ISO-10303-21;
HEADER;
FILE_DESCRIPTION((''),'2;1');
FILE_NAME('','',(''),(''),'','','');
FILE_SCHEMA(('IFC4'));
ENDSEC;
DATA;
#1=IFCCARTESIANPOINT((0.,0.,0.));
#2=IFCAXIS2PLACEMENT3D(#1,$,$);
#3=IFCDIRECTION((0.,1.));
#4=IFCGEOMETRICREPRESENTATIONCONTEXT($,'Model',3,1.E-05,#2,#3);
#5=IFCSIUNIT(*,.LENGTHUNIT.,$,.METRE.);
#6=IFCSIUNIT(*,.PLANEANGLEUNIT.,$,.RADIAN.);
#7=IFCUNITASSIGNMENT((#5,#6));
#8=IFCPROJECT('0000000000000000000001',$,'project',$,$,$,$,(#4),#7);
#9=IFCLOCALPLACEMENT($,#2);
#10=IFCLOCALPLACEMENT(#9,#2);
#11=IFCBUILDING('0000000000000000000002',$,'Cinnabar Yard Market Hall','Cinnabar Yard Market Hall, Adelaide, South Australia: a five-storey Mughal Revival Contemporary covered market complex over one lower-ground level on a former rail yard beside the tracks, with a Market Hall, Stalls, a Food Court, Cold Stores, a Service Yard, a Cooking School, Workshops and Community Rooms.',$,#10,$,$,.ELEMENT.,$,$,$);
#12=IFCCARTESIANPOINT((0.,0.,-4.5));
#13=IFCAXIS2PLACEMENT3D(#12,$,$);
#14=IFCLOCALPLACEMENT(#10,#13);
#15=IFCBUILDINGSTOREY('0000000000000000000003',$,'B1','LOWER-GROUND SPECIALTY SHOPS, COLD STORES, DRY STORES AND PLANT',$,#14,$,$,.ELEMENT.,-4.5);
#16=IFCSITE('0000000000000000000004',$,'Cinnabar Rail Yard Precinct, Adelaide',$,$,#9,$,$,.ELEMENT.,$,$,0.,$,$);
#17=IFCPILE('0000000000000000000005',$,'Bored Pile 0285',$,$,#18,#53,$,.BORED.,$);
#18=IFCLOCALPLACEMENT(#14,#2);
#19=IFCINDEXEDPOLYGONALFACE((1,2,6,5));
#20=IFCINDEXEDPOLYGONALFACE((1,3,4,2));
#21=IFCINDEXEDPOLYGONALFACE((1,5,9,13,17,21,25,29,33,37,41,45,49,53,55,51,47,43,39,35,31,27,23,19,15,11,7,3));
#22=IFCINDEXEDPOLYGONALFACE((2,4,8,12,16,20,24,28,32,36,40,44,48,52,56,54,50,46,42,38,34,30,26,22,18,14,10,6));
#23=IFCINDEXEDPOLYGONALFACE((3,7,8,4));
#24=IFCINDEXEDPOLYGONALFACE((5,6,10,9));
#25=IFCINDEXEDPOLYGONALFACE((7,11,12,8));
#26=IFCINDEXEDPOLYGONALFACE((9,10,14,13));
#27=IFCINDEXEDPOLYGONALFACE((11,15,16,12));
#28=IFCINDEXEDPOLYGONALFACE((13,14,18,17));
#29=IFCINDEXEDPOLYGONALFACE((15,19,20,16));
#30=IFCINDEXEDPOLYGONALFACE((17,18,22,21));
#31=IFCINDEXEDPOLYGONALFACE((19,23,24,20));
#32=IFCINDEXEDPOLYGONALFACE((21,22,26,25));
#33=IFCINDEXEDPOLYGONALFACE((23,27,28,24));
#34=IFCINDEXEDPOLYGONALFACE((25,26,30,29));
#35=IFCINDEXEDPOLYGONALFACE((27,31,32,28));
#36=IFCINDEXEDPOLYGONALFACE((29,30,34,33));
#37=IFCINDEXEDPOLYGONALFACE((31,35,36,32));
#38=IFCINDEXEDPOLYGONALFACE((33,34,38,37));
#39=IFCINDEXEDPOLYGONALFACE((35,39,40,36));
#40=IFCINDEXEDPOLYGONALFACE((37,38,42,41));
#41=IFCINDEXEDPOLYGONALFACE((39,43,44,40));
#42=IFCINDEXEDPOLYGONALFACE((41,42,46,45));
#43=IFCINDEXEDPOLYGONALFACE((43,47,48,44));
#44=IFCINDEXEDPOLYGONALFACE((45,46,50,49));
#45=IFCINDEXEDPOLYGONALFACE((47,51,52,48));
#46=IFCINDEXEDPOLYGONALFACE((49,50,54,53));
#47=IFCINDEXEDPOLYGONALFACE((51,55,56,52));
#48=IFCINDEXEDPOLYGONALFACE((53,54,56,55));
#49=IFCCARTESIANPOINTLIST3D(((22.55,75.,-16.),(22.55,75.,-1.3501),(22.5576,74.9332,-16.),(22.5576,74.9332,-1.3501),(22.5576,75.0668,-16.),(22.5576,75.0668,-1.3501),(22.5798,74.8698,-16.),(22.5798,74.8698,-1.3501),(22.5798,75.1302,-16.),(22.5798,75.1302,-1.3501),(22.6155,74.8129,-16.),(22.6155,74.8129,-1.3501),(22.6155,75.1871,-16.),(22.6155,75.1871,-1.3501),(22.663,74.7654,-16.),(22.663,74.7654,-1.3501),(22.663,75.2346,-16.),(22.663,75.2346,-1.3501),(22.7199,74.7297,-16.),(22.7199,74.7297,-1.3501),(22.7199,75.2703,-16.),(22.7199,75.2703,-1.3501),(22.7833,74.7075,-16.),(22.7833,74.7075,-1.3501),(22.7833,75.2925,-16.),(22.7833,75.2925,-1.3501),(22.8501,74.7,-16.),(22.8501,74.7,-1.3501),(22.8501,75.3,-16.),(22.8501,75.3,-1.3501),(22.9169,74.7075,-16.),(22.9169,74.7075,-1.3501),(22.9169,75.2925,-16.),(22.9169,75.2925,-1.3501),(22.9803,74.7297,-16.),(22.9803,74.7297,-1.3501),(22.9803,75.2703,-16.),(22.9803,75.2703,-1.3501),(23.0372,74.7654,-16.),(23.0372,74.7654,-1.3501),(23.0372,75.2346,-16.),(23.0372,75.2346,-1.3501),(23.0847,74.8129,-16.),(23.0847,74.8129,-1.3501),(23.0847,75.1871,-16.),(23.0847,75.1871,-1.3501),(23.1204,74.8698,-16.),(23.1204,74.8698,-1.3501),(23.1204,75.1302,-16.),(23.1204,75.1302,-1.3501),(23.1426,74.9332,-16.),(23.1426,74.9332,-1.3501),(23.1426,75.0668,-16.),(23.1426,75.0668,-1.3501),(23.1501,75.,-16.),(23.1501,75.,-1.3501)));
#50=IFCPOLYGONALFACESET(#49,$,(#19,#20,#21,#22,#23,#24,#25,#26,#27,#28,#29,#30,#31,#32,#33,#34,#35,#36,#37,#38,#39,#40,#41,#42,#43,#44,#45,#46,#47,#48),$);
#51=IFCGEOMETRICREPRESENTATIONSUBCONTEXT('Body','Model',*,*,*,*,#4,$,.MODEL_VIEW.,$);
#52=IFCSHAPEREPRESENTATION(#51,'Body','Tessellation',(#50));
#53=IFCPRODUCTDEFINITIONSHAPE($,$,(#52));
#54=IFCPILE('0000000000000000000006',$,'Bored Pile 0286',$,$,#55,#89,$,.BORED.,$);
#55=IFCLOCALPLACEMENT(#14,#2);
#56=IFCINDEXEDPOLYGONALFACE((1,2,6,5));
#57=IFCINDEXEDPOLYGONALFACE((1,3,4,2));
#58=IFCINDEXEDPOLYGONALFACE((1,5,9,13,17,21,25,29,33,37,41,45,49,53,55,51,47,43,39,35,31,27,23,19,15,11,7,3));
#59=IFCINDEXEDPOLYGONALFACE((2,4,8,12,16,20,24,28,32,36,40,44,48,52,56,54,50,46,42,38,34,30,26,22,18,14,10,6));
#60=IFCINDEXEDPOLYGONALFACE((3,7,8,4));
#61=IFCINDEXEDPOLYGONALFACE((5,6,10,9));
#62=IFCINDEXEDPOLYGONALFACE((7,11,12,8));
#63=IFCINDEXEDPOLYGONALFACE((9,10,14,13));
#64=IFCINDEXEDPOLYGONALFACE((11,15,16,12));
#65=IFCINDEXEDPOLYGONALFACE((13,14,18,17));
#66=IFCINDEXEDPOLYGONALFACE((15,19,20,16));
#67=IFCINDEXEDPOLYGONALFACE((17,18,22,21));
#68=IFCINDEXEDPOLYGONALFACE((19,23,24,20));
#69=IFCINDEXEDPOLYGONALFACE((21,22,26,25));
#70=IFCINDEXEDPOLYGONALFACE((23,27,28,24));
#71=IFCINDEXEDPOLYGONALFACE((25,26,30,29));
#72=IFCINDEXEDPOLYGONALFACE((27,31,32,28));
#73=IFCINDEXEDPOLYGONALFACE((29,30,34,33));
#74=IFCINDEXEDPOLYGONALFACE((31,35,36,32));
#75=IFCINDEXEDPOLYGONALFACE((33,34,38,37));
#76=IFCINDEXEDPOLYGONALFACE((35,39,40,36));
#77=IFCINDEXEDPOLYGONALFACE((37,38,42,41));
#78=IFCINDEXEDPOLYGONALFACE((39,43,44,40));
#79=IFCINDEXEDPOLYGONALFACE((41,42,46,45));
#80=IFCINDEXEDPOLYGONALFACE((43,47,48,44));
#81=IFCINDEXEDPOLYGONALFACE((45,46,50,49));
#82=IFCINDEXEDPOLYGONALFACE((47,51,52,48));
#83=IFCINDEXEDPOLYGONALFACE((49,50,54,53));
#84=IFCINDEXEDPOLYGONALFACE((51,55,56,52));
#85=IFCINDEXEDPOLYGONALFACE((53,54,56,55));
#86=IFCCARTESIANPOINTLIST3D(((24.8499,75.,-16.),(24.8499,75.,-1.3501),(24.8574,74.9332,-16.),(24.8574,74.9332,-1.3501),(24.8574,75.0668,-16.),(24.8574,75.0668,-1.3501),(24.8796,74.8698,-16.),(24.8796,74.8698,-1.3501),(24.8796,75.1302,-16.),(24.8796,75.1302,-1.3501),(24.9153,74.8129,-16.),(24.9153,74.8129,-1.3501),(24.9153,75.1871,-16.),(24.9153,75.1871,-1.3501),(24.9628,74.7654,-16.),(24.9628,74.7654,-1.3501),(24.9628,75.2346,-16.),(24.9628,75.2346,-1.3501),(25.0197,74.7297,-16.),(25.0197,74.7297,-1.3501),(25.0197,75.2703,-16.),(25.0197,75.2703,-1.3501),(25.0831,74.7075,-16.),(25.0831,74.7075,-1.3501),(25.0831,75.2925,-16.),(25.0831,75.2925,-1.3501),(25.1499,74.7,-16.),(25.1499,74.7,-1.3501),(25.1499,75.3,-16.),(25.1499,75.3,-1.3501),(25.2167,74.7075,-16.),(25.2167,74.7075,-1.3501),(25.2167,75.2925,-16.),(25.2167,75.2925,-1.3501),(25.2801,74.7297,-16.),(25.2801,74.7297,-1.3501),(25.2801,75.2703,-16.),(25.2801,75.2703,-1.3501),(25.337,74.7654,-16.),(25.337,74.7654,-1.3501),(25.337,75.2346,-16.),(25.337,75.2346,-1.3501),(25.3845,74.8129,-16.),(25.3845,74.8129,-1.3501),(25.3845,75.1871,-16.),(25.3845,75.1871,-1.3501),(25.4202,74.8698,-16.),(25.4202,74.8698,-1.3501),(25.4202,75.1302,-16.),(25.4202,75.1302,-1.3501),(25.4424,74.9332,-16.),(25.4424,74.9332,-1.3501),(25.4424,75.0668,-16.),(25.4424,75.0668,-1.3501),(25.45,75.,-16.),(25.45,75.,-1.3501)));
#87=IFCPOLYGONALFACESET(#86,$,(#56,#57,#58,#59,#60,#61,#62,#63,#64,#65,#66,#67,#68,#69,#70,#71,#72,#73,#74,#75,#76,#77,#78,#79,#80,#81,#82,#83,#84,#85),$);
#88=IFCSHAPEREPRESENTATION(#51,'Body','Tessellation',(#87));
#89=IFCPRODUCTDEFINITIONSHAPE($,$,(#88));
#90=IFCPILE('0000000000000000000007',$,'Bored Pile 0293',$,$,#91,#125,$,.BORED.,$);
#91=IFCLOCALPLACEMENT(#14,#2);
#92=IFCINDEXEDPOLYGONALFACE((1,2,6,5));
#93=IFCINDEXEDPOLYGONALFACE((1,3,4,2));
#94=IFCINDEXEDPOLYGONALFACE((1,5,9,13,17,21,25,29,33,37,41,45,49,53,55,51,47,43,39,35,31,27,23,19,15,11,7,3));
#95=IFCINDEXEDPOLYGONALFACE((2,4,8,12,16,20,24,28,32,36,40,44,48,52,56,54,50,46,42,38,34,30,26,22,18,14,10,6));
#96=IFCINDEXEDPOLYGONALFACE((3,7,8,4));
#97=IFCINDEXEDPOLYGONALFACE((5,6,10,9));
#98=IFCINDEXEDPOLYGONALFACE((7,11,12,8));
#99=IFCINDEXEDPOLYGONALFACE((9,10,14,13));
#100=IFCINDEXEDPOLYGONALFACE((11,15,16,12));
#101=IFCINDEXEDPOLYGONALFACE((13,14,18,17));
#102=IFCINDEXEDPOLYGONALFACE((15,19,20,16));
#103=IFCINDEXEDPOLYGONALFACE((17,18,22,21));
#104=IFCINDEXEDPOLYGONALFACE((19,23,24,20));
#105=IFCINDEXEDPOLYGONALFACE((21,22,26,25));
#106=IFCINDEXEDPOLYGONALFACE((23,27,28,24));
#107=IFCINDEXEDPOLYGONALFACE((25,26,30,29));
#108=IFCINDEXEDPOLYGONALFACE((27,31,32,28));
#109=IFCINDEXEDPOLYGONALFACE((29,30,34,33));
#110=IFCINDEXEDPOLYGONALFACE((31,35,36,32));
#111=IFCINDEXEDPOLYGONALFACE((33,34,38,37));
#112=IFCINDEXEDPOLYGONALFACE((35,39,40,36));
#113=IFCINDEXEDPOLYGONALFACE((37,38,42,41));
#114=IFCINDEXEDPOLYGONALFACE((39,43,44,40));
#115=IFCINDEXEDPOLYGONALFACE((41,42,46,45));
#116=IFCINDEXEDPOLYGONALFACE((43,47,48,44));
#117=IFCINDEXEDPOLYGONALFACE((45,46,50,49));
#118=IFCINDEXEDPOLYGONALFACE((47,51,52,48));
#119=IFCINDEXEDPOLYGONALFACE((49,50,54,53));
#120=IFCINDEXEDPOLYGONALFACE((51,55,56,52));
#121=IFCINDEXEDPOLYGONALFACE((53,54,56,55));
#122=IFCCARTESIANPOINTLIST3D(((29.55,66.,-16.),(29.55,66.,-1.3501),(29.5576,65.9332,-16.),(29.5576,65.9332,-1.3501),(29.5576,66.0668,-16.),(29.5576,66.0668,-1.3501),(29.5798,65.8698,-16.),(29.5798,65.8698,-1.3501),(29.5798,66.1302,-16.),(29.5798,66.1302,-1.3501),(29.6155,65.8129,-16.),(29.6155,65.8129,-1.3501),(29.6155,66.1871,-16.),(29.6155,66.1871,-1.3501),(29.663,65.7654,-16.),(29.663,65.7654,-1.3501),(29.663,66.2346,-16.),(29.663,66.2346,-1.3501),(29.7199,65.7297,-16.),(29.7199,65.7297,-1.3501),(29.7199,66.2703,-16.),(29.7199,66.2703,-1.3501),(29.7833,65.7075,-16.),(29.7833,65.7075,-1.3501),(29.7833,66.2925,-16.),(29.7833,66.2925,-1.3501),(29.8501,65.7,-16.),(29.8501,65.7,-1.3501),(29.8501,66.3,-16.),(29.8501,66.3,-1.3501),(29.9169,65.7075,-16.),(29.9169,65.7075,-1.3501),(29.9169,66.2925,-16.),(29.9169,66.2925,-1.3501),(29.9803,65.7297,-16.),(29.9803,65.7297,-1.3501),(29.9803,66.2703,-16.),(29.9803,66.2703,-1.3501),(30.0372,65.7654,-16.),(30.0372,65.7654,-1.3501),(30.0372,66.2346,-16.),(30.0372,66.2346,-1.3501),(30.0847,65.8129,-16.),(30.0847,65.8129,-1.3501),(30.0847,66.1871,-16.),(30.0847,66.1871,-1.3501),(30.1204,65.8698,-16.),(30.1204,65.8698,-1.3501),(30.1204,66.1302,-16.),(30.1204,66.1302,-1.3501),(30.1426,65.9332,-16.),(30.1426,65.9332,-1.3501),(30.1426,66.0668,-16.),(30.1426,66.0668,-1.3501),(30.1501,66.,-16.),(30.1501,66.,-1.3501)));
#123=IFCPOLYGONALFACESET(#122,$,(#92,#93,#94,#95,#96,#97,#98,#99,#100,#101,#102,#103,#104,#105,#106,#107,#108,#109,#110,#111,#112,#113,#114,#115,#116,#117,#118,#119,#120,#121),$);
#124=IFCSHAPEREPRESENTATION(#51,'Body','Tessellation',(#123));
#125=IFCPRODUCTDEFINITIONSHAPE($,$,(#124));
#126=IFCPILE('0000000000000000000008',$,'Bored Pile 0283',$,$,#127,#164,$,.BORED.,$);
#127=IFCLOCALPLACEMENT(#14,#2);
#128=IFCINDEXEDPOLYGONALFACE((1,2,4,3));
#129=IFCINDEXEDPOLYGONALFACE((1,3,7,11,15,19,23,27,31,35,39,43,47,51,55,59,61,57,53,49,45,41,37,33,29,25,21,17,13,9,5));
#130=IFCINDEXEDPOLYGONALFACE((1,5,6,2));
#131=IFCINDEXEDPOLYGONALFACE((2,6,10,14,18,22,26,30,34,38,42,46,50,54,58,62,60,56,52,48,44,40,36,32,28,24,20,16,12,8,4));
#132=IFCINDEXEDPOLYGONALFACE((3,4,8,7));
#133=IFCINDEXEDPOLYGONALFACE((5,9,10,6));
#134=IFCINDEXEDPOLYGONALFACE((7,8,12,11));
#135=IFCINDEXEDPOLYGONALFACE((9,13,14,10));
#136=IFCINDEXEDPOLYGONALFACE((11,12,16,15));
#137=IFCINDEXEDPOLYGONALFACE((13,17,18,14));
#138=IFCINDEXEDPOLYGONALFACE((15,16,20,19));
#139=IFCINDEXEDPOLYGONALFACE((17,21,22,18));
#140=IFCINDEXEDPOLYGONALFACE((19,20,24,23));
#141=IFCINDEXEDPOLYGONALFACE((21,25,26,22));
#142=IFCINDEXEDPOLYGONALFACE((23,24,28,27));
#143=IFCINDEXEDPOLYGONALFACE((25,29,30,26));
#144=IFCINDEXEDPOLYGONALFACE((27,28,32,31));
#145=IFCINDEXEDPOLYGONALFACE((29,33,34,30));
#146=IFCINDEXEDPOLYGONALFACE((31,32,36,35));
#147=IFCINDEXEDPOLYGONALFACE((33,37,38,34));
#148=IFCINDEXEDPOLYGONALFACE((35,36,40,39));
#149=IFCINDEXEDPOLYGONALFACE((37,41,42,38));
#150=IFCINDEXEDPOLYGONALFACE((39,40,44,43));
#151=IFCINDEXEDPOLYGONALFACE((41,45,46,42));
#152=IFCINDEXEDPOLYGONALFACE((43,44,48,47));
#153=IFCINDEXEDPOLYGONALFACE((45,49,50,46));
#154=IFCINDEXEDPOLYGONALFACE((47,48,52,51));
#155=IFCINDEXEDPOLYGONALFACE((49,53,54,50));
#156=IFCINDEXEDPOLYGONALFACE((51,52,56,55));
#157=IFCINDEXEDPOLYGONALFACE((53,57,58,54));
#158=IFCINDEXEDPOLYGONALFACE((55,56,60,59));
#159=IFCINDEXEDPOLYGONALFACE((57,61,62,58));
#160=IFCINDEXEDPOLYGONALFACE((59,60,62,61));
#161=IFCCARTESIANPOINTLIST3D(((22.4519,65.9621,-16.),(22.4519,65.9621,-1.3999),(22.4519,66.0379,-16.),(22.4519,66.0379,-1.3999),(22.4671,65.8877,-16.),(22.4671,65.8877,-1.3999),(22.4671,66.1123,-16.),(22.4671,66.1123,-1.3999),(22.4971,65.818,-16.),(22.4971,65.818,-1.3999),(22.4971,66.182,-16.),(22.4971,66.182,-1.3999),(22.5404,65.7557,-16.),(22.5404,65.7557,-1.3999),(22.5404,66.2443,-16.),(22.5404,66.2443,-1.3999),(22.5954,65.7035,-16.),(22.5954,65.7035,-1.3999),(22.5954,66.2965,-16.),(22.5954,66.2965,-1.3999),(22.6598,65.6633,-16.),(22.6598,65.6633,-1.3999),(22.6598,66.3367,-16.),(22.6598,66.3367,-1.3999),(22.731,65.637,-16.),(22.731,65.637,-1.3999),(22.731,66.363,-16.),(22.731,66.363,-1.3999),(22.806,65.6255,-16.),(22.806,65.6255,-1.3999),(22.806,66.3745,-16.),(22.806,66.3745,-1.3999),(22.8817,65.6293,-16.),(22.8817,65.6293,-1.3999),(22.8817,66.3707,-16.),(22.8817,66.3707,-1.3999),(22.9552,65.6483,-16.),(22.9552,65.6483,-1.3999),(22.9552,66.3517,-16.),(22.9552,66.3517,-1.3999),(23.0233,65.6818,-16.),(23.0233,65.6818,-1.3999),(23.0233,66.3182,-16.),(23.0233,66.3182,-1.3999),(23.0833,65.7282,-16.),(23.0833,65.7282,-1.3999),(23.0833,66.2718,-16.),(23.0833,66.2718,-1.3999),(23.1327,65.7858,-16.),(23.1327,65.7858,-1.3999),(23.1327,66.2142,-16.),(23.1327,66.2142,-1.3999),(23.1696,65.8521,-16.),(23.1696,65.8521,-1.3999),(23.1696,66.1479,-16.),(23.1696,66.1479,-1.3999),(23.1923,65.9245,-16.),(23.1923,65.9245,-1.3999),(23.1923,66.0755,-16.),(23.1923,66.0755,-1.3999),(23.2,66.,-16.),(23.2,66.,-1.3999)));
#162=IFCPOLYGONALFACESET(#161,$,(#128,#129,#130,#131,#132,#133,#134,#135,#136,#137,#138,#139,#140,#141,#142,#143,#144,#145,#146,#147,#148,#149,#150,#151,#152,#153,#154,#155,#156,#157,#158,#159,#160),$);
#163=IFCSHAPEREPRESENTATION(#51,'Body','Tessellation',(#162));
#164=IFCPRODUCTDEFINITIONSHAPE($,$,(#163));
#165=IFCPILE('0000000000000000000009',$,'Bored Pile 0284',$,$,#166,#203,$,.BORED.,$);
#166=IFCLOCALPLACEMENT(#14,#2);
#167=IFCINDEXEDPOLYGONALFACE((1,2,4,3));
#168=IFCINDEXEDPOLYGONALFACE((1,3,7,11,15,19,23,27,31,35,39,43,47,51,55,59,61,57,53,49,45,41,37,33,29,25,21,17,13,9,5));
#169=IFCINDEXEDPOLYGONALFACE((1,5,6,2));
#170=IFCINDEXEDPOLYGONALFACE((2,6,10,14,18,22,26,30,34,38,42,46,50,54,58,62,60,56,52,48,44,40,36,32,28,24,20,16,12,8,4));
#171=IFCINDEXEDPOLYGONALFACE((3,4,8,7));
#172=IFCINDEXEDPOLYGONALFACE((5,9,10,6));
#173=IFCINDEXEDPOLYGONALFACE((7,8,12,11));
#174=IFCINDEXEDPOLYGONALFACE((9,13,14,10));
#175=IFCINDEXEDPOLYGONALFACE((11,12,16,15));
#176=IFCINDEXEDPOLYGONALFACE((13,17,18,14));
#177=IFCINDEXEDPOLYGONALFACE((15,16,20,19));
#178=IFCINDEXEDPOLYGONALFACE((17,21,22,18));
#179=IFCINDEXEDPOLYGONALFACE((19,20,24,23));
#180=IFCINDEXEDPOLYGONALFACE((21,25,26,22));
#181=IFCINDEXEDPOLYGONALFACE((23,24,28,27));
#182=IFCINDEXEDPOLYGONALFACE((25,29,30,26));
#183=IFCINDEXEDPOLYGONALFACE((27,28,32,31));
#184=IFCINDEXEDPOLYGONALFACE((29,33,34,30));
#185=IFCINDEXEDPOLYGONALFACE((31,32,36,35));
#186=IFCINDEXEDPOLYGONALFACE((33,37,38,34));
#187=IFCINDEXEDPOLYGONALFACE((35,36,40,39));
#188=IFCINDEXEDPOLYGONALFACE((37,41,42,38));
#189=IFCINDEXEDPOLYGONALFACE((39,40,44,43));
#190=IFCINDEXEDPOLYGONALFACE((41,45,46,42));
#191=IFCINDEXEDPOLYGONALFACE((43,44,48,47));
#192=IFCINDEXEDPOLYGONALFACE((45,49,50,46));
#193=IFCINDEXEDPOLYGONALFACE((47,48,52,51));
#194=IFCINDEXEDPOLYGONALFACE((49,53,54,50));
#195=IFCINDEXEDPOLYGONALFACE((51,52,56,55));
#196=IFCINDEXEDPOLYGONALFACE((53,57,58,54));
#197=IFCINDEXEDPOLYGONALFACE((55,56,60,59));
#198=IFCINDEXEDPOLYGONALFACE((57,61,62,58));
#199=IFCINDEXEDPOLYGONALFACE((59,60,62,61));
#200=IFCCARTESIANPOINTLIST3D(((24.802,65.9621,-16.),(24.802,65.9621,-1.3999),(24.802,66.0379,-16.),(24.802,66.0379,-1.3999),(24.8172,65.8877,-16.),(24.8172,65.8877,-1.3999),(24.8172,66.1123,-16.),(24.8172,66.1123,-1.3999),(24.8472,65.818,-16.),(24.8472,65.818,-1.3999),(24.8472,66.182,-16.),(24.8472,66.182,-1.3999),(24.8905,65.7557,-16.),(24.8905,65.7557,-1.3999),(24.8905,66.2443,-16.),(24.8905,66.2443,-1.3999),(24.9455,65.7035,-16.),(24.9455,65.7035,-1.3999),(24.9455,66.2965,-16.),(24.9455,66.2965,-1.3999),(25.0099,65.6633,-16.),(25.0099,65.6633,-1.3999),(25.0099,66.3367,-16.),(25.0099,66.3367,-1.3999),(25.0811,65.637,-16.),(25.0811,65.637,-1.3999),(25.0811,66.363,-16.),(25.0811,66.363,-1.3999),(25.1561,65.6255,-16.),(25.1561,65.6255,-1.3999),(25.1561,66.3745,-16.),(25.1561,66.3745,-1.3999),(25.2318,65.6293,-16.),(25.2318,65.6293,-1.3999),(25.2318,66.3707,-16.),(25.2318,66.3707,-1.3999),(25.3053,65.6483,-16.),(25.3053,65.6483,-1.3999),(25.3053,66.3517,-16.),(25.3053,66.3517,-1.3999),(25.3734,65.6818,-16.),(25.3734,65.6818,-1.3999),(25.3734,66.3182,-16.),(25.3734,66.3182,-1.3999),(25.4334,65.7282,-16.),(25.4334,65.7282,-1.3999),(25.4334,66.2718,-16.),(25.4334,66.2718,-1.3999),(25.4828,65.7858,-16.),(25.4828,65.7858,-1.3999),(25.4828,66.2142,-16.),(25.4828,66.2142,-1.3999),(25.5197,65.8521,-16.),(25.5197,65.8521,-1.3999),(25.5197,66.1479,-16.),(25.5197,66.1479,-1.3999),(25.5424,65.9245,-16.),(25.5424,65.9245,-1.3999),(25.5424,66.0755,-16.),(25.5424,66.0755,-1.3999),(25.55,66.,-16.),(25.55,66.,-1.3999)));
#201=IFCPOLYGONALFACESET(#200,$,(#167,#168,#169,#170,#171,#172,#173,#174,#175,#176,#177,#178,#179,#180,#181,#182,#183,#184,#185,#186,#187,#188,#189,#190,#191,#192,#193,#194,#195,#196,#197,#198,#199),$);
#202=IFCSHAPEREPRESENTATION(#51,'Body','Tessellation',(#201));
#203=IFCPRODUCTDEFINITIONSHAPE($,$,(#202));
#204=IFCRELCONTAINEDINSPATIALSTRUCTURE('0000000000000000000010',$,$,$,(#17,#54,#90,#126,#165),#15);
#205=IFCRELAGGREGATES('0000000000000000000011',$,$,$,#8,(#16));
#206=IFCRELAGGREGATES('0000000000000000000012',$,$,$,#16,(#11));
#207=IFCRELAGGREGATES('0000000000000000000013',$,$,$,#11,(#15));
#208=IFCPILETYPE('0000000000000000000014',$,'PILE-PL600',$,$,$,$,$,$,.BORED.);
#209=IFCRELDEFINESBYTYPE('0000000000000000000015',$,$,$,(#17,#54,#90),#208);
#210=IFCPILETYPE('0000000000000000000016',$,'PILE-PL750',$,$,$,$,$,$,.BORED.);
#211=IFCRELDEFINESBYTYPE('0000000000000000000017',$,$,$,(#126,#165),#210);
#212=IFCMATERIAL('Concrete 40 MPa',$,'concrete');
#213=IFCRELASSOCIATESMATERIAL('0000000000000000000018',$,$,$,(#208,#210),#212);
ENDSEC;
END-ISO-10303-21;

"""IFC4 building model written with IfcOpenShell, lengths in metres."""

from ifc_helpers import new_model, si_unit, direction, frame, origin, origin_2d_with_axis, place, context, subcontext, project, spatial, circle, extrude, material, material_profile, profile_set, type_object, element, save


model = new_model("IFC4")

# Units and contexts
model_context = context("Model", 3, precision=1e-05, world=origin(), true_north=direction((0.0, 1.0)))
body_context = subcontext(model_context, "Body", "Model", "MODEL_VIEW")
ifc_project = project(units=[si_unit("LENGTHUNIT", "METRE"), si_unit("PLANEANGLEUNIT", "RADIAN")], contexts=[model_context])

# Site, building, storey
site_placement = place(None, origin())
site = spatial("IfcSite", under=ifc_project, at=site_placement, Name="Cinnabar Rail Yard Precinct, Adelaide", CompositionType="ELEMENT", RefElevation=0.0)
building_placement = place(site_placement, origin())
building = spatial("IfcBuilding", under=site, at=building_placement, Name="Cinnabar Yard Market Hall", Description="Cinnabar Yard Market Hall, Adelaide, South Australia: a five-storey Mughal Revival Contemporary covered market complex over one lower-ground level on a former rail yard beside the tracks, with a Market Hall, Stalls, a Food Court, Cold Stores, a Service Yard, a Cooking School, Workshops and Community Rooms.", CompositionType="ELEMENT")
storey_placement = place(building_placement, frame((0.0, 0.0, -4.5)))
storey = spatial("IfcBuildingStorey", under=building, at=storey_placement, Name="B1", Description="LOWER-GROUND SPECIALTY SHOPS, COLD STORES, DRY STORES AND PLANT", CompositionType="ELEMENT", Elevation=-4.5)

# Shared definitions
ifc_material_1 = material(Name="Concrete 40 MPa", Category="concrete")

# Piles
ifc_material_profile_1 = material_profile(ifc_material_1, circle(Radius=0.3, at=origin_2d_with_axis()), Name="PILE-D600")
ifc_profile_set_1 = profile_set([ifc_material_profile_1], Name="Concrete 40 MPa")
pile_type_1 = type_object("IfcPileType", Name="PILE-PL600", PredefinedType="BORED", material=ifc_profile_set_1)
for number, where, z_axis, x_axis, name in (
    (1, (22.8501, 75.0, -1.3501), (0.0, 0.0, -1.0), (1.0, 0.0, 0.0), "Bored Pile 0285"),
    (2, (25.1499, 75.0, -1.3501), (0.0, 0.0, -1.0), (1.0, 0.0, 0.0), "Bored Pile 0286"),
    (3, (29.8501, 66.0, -1.3501), (0.0, 0.0, -1.0), (1.0, 0.0, 0.0), "Bored Pile 0293"),
):
    element("IfcPile", number, at=place(storey_placement, frame(where, z_axis=z_axis, x_axis=x_axis)), inside=storey, type_object=pile_type_1, Name=name, PredefinedType="BORED", context=body_context, shape_type="SweptSolid", body=[
        extrude(circle(Radius=0.3, at=origin_2d_with_axis()), origin(), (0.0, 0.0, 1.0), 14.6499),
    ])
ifc_material_profile_2 = material_profile(ifc_material_1, circle(Radius=0.375, at=origin_2d_with_axis()), Name="PILE-D750")
ifc_profile_set_2 = profile_set([ifc_material_profile_2], Name="Concrete 40 MPa")
pile_type_2 = type_object("IfcPileType", Name="PILE-PL750", PredefinedType="BORED", material=ifc_profile_set_2)
for number, where, z_axis, x_axis, name in (
    (4, (22.825, 66.0, -1.3999), (0.0, 0.0, -1.0), (1.0, 0.0, 0.0), "Bored Pile 0283"),
    (5, (25.175, 66.0, -1.3999), (0.0, 0.0, -1.0), (1.0, 0.0, 0.0), "Bored Pile 0284"),
):
    element("IfcPile", number, at=place(storey_placement, frame(where, z_axis=z_axis, x_axis=x_axis)), inside=storey, type_object=pile_type_2, Name=name, PredefinedType="BORED", context=body_context, shape_type="SweptSolid", body=[
        extrude(circle(Radius=0.375, at=origin_2d_with_axis()), origin(), (0.0, 0.0, 1.0), 14.6001),
    ])

save(model, "model.ifc")
